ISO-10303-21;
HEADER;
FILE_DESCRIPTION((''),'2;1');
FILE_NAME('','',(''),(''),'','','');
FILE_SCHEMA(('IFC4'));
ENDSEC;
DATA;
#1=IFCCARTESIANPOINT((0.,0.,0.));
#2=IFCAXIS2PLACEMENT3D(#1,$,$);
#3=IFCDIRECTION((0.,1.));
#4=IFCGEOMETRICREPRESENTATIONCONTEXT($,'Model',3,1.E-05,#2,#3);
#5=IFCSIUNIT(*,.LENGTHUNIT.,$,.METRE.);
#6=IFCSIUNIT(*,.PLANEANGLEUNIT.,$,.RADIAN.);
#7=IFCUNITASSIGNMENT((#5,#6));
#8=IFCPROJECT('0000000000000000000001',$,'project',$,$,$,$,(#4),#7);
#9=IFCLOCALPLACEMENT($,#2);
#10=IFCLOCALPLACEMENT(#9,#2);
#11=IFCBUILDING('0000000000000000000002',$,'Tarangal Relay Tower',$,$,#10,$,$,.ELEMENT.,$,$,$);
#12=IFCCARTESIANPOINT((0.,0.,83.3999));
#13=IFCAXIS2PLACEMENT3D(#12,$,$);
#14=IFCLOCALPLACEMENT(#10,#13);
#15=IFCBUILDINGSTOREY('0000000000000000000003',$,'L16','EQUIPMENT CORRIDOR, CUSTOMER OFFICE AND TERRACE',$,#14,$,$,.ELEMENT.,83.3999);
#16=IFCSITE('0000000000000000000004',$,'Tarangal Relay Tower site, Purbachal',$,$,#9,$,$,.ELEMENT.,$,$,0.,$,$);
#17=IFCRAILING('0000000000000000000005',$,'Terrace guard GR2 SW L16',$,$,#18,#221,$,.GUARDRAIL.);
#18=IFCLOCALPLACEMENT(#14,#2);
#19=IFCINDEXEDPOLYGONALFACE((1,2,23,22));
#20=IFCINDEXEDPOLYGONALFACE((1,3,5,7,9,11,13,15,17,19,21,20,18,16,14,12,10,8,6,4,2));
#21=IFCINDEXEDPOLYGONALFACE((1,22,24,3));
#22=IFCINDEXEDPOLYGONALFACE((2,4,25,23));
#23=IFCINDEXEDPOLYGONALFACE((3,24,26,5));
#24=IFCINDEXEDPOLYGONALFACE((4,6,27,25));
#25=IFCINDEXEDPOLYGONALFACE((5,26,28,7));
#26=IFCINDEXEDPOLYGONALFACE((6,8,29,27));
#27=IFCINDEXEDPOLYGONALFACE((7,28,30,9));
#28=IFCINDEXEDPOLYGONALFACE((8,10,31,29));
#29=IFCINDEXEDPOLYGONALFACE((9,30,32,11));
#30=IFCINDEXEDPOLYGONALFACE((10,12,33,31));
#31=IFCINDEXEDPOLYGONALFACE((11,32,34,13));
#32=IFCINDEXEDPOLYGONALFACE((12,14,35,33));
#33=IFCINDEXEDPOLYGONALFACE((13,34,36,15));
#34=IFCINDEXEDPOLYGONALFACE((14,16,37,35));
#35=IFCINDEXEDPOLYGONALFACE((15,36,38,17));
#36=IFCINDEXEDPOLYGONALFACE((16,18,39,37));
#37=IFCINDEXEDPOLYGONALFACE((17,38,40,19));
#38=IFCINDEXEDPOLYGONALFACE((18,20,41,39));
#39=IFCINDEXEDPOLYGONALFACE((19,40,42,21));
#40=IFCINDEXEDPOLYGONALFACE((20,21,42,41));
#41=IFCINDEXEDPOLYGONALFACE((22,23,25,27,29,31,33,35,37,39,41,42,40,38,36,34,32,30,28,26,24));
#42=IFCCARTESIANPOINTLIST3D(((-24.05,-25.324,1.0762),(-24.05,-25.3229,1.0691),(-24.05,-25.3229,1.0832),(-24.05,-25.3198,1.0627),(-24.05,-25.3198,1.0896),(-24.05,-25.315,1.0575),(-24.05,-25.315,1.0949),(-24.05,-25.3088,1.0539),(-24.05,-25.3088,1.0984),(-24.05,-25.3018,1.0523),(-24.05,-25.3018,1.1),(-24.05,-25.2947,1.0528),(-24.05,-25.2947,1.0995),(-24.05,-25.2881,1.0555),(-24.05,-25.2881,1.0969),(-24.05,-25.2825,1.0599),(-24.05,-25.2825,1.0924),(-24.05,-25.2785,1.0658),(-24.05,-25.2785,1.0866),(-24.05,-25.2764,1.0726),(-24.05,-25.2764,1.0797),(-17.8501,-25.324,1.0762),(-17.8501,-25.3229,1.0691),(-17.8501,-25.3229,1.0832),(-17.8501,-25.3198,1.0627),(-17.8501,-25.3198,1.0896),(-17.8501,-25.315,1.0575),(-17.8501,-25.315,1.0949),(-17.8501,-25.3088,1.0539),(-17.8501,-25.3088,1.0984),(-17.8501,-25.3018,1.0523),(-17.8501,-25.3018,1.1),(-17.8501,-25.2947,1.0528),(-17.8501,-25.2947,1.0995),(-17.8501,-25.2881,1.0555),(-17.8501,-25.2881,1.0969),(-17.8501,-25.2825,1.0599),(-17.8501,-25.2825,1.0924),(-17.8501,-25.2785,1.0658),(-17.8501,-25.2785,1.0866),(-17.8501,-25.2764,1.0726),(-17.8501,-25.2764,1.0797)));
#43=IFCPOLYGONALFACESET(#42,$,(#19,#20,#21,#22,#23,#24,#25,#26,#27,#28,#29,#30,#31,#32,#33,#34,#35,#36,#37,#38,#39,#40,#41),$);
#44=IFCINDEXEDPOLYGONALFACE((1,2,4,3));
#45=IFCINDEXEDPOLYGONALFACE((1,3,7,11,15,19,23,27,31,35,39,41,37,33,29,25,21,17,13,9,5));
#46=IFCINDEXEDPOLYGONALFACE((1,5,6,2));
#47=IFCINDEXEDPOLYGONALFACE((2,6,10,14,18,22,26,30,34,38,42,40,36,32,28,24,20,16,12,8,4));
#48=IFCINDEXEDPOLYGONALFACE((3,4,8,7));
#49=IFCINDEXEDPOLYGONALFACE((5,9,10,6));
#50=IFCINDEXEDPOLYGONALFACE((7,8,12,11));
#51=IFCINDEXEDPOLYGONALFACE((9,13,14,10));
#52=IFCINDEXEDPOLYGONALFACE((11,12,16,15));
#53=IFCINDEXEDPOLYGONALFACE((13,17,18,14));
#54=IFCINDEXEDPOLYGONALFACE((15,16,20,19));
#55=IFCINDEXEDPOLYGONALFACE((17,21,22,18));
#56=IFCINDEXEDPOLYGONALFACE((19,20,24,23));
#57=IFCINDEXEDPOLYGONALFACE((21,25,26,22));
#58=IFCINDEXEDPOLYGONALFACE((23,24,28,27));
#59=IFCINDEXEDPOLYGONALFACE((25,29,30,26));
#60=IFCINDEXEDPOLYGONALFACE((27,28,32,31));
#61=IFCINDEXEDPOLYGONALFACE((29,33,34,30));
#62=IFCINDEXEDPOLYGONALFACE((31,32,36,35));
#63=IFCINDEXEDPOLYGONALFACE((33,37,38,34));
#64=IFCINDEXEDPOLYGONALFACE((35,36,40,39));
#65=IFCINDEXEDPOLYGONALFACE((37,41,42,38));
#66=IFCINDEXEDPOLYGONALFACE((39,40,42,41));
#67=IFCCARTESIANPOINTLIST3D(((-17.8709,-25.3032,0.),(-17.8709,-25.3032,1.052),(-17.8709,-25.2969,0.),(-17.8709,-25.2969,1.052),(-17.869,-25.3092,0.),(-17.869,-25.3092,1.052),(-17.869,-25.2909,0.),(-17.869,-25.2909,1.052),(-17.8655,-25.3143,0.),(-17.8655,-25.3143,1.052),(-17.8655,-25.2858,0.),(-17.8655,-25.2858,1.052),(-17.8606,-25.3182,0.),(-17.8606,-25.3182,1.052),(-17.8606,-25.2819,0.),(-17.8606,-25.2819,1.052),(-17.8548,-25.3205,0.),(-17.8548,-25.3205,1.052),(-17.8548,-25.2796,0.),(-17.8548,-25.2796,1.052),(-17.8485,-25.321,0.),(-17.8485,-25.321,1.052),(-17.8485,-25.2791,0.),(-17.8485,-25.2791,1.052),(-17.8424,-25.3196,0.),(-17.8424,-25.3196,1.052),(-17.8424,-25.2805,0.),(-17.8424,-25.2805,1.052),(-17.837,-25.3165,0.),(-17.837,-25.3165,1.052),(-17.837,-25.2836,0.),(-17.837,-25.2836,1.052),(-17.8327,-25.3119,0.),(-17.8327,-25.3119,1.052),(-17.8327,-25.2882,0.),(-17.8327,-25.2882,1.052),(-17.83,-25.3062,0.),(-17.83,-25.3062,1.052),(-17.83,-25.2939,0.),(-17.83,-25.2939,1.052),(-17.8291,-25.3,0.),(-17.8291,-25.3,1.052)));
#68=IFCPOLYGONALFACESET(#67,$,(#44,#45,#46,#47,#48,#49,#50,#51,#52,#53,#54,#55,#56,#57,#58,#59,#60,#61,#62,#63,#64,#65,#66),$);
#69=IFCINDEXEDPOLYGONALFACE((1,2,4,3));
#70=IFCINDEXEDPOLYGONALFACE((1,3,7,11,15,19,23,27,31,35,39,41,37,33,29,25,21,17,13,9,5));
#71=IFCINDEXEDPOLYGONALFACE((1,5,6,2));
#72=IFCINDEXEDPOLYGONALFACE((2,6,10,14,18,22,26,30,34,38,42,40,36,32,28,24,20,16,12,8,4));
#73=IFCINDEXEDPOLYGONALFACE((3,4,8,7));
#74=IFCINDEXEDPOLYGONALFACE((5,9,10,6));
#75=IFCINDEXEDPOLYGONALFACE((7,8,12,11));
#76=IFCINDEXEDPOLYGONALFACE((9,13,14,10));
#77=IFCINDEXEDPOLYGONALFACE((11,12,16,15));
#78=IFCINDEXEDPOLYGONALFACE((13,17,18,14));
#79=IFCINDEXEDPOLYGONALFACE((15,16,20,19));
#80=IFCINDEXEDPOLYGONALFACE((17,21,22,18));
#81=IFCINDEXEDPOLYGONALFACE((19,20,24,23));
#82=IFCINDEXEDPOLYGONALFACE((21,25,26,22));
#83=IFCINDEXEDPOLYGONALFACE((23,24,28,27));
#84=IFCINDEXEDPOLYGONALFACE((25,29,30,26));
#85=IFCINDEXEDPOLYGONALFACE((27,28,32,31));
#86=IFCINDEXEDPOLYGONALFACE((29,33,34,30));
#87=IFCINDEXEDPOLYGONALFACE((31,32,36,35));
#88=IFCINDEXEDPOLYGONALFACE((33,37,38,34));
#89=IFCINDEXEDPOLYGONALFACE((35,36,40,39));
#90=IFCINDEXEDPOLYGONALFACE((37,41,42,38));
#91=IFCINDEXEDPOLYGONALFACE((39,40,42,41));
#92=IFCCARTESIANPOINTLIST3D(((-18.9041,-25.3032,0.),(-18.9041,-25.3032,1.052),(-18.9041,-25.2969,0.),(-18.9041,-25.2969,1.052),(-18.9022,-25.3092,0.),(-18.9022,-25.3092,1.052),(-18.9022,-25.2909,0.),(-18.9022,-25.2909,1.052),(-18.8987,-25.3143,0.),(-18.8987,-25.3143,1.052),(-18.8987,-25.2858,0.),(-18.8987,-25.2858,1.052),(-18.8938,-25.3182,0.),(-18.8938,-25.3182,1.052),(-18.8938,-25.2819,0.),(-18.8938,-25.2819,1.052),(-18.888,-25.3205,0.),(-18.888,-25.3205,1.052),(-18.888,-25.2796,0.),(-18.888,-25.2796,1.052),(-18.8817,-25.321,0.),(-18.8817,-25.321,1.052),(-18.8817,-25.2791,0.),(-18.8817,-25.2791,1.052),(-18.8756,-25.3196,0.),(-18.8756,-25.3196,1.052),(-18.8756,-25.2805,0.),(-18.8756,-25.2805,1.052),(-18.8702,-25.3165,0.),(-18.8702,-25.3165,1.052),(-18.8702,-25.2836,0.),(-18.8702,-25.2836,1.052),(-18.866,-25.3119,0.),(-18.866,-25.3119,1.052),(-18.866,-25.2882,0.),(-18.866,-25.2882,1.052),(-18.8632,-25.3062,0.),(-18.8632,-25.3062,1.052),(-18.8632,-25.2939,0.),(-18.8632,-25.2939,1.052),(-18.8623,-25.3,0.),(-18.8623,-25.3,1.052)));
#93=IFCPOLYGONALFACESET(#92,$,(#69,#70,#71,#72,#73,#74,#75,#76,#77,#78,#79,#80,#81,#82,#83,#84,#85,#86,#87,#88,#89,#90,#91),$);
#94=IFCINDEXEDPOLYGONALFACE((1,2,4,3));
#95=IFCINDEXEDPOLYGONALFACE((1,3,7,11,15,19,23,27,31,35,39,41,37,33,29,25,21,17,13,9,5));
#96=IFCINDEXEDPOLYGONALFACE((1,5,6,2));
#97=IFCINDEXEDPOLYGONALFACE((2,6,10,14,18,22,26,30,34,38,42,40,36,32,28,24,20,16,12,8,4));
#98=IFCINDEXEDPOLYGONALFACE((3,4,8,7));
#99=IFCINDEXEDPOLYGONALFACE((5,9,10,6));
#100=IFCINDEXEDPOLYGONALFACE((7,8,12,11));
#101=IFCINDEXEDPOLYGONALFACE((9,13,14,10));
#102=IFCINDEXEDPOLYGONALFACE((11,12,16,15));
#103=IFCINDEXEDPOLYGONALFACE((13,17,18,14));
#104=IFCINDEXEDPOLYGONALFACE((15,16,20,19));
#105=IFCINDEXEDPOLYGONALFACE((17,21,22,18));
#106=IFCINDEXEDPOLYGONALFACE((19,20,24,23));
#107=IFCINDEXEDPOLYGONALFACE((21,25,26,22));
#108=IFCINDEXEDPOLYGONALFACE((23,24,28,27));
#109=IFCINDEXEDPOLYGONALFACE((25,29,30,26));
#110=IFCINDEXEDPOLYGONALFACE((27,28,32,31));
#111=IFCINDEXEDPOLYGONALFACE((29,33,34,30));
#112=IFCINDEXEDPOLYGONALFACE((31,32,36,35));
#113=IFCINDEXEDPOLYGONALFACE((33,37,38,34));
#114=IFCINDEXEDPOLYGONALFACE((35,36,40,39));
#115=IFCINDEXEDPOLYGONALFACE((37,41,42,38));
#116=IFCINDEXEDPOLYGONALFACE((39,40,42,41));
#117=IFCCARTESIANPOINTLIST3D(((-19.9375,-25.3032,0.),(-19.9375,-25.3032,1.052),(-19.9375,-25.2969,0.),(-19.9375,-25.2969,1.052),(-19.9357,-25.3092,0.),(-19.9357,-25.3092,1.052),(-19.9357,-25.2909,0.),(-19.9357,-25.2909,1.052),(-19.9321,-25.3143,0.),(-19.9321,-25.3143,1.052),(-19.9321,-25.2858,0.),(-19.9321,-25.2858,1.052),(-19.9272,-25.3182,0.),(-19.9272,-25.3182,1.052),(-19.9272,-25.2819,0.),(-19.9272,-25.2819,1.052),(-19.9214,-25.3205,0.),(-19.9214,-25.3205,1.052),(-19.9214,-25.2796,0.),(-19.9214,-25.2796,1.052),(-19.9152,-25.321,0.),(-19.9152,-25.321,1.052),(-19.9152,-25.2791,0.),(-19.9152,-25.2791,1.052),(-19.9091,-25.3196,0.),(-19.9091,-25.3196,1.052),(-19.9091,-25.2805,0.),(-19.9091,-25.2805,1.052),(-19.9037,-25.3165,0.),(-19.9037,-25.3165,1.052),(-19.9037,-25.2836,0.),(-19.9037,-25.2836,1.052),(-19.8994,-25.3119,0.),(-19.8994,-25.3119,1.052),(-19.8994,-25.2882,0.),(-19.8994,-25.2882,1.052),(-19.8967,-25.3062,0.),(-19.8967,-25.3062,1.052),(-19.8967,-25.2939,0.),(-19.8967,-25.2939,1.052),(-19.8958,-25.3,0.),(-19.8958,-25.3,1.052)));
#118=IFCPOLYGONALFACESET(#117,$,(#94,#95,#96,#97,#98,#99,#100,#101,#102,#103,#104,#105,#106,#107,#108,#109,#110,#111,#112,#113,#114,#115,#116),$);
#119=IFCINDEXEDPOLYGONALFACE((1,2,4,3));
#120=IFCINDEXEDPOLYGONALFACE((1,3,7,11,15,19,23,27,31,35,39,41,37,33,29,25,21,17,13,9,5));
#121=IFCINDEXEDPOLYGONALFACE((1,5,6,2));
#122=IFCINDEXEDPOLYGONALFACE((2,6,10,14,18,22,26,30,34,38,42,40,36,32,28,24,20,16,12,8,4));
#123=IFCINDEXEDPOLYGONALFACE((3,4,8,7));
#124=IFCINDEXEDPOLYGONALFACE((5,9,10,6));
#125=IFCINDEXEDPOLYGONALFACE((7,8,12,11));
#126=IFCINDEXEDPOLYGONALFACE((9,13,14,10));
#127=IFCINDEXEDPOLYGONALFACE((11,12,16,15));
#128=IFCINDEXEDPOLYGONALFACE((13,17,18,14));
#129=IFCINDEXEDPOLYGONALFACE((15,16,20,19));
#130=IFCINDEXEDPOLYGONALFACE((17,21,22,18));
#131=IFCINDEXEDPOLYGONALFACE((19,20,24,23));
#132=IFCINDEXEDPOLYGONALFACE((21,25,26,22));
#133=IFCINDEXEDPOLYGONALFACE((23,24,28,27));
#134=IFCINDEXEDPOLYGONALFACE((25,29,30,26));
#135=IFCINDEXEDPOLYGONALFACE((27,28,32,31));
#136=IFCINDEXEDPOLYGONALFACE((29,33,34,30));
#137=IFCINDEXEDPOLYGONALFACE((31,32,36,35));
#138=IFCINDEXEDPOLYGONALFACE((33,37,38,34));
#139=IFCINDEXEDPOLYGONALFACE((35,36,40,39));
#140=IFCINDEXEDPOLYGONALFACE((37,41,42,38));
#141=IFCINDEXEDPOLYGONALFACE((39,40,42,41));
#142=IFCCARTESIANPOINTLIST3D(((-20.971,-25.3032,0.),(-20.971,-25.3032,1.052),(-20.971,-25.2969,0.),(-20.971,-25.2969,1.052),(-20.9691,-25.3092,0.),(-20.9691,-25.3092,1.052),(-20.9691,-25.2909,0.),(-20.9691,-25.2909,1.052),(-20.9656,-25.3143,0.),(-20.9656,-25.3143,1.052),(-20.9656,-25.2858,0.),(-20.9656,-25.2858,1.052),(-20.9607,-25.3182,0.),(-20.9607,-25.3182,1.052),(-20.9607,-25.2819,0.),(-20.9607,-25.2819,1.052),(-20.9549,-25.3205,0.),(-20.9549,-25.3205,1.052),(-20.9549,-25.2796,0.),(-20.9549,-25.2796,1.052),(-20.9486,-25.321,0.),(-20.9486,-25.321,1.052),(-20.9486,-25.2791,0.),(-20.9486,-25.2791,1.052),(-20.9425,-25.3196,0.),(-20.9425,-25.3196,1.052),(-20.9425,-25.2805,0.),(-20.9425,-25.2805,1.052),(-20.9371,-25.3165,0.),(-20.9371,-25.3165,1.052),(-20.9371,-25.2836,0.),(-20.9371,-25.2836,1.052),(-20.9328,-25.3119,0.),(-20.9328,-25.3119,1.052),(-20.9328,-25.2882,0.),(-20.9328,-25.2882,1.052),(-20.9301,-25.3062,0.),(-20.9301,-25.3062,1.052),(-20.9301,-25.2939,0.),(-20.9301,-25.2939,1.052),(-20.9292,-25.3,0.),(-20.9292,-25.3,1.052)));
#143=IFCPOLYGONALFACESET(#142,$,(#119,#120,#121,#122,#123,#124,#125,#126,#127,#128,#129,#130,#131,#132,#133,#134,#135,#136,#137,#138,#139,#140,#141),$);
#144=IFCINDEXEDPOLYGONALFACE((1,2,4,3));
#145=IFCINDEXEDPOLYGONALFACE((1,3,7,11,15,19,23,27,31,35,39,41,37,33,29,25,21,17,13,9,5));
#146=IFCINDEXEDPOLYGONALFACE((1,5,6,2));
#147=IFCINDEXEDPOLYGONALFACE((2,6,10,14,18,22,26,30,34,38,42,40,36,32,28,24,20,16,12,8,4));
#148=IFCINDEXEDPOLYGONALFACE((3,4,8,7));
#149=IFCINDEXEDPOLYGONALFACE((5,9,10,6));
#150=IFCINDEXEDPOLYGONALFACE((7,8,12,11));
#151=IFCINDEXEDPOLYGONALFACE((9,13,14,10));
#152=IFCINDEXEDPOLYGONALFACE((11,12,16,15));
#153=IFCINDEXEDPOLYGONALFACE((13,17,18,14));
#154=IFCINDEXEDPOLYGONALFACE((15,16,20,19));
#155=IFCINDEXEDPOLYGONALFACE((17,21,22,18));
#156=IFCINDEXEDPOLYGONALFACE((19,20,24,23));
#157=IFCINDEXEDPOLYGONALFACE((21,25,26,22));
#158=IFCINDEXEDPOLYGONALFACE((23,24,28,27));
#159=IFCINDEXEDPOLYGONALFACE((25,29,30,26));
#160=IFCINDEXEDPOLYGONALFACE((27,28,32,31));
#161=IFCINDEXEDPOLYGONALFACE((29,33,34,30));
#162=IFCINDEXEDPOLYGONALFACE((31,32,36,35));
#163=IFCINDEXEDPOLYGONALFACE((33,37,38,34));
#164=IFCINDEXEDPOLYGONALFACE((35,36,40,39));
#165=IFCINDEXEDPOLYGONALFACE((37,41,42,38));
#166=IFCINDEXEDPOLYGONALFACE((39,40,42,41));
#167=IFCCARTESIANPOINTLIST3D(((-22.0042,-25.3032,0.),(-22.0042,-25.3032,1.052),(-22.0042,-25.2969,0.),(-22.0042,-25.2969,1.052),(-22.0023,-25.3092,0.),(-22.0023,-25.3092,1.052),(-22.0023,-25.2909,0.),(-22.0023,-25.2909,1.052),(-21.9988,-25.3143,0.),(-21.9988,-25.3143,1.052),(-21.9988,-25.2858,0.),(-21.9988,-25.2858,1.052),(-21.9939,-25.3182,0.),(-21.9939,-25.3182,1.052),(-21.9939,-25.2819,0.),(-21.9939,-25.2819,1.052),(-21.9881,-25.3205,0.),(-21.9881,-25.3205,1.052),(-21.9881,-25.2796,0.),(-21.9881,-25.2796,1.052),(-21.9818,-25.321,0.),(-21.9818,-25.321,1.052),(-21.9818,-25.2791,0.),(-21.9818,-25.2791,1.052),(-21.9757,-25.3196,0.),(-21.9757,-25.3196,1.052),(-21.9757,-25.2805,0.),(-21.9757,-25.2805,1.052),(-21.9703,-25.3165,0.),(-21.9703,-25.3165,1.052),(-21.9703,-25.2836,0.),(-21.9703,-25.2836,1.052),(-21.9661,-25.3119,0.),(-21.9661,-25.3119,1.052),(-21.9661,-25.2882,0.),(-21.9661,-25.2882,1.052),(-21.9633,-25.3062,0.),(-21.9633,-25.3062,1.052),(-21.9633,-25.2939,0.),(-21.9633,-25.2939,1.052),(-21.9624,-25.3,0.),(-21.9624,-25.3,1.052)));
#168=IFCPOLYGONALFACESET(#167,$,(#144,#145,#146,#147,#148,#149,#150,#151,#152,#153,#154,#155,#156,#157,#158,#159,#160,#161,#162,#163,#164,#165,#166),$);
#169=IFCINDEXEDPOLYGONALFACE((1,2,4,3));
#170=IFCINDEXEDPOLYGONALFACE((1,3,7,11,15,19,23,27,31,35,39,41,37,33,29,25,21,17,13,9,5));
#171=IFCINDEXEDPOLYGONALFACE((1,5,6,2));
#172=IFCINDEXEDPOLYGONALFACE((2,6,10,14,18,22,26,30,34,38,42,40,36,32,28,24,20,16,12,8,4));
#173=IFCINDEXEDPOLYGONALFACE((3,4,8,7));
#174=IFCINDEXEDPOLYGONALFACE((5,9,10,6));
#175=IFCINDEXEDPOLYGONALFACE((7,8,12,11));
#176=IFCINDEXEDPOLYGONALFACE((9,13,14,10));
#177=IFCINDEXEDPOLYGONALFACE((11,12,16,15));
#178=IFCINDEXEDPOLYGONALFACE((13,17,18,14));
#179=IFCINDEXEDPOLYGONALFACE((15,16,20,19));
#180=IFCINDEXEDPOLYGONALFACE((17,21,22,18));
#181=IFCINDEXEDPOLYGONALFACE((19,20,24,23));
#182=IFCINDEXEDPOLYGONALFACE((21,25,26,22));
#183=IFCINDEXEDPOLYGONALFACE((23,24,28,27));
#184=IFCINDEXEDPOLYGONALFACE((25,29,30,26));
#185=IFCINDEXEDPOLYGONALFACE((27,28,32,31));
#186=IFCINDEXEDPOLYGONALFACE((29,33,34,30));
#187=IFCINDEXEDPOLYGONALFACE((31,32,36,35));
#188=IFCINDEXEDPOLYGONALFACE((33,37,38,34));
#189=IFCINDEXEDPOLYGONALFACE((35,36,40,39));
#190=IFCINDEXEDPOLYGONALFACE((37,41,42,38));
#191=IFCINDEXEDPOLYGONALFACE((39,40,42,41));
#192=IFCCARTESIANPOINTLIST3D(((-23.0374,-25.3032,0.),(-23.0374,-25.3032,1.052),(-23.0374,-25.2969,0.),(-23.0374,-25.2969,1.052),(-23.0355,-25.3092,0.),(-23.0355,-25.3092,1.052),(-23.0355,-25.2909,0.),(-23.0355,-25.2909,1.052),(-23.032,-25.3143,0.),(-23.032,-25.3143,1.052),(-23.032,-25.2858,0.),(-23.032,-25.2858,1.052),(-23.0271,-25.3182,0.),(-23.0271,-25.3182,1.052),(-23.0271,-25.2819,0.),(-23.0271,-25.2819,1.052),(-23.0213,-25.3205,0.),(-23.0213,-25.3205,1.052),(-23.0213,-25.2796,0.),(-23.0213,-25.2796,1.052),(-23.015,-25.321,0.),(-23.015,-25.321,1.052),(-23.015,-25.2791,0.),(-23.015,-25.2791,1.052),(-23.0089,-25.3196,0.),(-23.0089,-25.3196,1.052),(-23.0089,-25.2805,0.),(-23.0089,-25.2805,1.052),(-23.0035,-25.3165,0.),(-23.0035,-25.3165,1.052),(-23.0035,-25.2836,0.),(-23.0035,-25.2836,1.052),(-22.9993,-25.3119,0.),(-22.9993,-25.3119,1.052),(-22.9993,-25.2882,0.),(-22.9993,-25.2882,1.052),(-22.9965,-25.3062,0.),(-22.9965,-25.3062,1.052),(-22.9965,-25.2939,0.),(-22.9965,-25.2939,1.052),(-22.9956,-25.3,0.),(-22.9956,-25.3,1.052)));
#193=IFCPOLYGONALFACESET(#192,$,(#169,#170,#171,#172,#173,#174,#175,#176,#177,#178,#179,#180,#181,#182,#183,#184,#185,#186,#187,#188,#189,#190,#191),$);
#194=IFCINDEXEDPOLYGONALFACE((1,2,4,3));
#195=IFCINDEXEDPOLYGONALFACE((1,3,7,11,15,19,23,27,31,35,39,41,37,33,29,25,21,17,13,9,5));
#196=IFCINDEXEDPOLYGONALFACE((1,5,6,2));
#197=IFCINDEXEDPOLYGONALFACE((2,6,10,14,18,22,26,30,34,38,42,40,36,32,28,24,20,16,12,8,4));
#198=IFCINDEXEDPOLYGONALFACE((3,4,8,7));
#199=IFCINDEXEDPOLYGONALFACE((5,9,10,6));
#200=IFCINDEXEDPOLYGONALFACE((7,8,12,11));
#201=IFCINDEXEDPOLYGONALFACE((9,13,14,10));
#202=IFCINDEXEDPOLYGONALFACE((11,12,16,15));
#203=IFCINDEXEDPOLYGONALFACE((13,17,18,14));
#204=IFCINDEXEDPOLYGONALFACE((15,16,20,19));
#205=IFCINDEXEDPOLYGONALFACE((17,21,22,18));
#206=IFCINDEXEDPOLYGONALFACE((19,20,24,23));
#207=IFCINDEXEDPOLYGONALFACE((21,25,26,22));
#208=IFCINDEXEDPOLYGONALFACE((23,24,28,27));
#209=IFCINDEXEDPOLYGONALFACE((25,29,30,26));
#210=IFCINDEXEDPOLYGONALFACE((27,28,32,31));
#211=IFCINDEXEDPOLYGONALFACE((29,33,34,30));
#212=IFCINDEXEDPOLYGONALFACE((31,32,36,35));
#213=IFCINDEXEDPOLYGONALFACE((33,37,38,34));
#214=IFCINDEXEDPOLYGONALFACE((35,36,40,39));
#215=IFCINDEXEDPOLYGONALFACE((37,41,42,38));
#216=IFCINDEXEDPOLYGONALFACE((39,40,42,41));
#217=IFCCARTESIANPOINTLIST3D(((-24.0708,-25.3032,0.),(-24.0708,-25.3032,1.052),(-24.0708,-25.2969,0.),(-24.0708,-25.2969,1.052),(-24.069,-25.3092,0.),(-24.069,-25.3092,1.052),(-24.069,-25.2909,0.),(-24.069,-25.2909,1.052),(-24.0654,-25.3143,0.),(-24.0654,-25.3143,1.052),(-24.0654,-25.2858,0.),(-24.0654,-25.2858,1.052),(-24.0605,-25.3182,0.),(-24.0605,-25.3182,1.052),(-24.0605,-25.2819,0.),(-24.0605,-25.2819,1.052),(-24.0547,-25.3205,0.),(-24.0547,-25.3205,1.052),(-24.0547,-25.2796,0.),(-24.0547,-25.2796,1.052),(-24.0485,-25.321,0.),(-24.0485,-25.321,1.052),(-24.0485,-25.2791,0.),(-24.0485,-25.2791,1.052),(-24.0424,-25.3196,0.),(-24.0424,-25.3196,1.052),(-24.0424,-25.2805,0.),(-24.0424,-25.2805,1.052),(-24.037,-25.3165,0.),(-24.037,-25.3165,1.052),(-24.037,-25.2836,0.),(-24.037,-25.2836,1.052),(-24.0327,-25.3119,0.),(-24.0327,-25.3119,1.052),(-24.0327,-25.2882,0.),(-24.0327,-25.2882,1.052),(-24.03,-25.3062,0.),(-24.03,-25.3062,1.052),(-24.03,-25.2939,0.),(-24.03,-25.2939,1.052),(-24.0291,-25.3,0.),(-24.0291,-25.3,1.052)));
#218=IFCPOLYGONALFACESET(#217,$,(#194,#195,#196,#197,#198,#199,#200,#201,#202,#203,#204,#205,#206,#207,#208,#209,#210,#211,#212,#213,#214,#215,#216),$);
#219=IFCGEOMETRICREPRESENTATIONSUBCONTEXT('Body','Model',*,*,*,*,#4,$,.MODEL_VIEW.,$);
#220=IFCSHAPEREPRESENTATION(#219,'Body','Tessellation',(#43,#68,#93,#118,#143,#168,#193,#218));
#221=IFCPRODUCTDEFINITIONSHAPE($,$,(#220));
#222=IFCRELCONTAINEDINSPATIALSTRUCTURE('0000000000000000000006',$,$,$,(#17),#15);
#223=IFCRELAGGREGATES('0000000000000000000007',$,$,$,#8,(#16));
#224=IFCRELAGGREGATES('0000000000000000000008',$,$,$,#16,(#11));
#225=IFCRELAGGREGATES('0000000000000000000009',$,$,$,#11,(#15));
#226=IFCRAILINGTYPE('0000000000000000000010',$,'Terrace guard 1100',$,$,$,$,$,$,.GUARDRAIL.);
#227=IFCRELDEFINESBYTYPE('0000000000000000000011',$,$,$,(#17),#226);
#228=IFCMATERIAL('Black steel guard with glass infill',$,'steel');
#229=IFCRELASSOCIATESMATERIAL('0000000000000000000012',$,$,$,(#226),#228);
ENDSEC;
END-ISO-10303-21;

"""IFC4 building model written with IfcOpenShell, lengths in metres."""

from ifc_helpers import new_model, si_unit, direction, frame, origin, origin_2d, place, context, subcontext, project, spatial, circle, extrude, material, type_object, element, save


model = new_model("IFC4")

# Units and contexts
model_context = context("Model", 3, precision=1e-05, world=origin(), true_north=direction((0.0, 1.0)))
body_context = subcontext(model_context, "Body", "Model", "MODEL_VIEW")
ifc_project = project(units=[si_unit("LENGTHUNIT", "METRE"), si_unit("PLANEANGLEUNIT", "RADIAN")], contexts=[model_context])

# Site, building, storey
site_placement = place(None, origin())
site = spatial("IfcSite", under=ifc_project, at=site_placement, Name="Tarangal Relay Tower site, Purbachal", CompositionType="ELEMENT", RefElevation=0.0)
building_placement = place(site_placement, origin())
building = spatial("IfcBuilding", under=site, at=building_placement, Name="Tarangal Relay Tower", CompositionType="ELEMENT")
storey_placement = place(building_placement, frame((0.0, 0.0, 83.3999)))
storey = spatial("IfcBuildingStorey", under=building, at=storey_placement, Name="L16", Description="EQUIPMENT CORRIDOR, CUSTOMER OFFICE AND TERRACE", CompositionType="ELEMENT", Elevation=83.3999)

# Railing
ifc_material_1 = material(Name="Black steel guard with glass infill", Category="steel")
railing_type = type_object("IfcRailingType", Name="Terrace guard 1100", PredefinedType="GUARDRAIL", material=ifc_material_1)
railing_1_placement = place(storey_placement, frame((-17.8501, -25.3, 0.0)))
element("IfcRailing", 1, at=railing_1_placement, inside=storey, type_object=railing_type, Name="Terrace guard GR2 SW L16", PredefinedType="GUARDRAIL", context=body_context, shape_type="SweptSolid", body=[
    extrude(circle(Radius=0.0239, at=origin_2d()), frame((0.0, 0.0, 1.0762), z_axis=(-1.0, 0.0, 0.0), x_axis=(0.0, -1.0, 0.0)), (0.0, 0.0, 1.0), 6.2),
    extrude(circle(Radius=0.021, at=origin_2d()), origin(), (0.0, 0.0, 1.0), 1.052),
    extrude(circle(Radius=0.021, at=origin_2d()), frame((-1.0332, 0.0, 0.0)), (0.0, 0.0, 1.0), 1.052),
    extrude(circle(Radius=0.021, at=origin_2d()), frame((-2.0667, 0.0, 0.0)), (0.0, 0.0, 1.0), 1.052),
    extrude(circle(Radius=0.021, at=origin_2d()), frame((-3.1001, 0.0, 0.0)), (0.0, 0.0, 1.0), 1.052),
    extrude(circle(Radius=0.021, at=origin_2d()), frame((-4.1333, 0.0, 0.0)), (0.0, 0.0, 1.0), 1.052),
    extrude(circle(Radius=0.021, at=origin_2d()), frame((-5.1665, 0.0, 0.0)), (0.0, 0.0, 1.0), 1.052),
    extrude(circle(Radius=0.021, at=origin_2d()), frame((-6.2, 0.0, 0.0)), (0.0, 0.0, 1.0), 1.052),
])

save(model, "model.ifc")
